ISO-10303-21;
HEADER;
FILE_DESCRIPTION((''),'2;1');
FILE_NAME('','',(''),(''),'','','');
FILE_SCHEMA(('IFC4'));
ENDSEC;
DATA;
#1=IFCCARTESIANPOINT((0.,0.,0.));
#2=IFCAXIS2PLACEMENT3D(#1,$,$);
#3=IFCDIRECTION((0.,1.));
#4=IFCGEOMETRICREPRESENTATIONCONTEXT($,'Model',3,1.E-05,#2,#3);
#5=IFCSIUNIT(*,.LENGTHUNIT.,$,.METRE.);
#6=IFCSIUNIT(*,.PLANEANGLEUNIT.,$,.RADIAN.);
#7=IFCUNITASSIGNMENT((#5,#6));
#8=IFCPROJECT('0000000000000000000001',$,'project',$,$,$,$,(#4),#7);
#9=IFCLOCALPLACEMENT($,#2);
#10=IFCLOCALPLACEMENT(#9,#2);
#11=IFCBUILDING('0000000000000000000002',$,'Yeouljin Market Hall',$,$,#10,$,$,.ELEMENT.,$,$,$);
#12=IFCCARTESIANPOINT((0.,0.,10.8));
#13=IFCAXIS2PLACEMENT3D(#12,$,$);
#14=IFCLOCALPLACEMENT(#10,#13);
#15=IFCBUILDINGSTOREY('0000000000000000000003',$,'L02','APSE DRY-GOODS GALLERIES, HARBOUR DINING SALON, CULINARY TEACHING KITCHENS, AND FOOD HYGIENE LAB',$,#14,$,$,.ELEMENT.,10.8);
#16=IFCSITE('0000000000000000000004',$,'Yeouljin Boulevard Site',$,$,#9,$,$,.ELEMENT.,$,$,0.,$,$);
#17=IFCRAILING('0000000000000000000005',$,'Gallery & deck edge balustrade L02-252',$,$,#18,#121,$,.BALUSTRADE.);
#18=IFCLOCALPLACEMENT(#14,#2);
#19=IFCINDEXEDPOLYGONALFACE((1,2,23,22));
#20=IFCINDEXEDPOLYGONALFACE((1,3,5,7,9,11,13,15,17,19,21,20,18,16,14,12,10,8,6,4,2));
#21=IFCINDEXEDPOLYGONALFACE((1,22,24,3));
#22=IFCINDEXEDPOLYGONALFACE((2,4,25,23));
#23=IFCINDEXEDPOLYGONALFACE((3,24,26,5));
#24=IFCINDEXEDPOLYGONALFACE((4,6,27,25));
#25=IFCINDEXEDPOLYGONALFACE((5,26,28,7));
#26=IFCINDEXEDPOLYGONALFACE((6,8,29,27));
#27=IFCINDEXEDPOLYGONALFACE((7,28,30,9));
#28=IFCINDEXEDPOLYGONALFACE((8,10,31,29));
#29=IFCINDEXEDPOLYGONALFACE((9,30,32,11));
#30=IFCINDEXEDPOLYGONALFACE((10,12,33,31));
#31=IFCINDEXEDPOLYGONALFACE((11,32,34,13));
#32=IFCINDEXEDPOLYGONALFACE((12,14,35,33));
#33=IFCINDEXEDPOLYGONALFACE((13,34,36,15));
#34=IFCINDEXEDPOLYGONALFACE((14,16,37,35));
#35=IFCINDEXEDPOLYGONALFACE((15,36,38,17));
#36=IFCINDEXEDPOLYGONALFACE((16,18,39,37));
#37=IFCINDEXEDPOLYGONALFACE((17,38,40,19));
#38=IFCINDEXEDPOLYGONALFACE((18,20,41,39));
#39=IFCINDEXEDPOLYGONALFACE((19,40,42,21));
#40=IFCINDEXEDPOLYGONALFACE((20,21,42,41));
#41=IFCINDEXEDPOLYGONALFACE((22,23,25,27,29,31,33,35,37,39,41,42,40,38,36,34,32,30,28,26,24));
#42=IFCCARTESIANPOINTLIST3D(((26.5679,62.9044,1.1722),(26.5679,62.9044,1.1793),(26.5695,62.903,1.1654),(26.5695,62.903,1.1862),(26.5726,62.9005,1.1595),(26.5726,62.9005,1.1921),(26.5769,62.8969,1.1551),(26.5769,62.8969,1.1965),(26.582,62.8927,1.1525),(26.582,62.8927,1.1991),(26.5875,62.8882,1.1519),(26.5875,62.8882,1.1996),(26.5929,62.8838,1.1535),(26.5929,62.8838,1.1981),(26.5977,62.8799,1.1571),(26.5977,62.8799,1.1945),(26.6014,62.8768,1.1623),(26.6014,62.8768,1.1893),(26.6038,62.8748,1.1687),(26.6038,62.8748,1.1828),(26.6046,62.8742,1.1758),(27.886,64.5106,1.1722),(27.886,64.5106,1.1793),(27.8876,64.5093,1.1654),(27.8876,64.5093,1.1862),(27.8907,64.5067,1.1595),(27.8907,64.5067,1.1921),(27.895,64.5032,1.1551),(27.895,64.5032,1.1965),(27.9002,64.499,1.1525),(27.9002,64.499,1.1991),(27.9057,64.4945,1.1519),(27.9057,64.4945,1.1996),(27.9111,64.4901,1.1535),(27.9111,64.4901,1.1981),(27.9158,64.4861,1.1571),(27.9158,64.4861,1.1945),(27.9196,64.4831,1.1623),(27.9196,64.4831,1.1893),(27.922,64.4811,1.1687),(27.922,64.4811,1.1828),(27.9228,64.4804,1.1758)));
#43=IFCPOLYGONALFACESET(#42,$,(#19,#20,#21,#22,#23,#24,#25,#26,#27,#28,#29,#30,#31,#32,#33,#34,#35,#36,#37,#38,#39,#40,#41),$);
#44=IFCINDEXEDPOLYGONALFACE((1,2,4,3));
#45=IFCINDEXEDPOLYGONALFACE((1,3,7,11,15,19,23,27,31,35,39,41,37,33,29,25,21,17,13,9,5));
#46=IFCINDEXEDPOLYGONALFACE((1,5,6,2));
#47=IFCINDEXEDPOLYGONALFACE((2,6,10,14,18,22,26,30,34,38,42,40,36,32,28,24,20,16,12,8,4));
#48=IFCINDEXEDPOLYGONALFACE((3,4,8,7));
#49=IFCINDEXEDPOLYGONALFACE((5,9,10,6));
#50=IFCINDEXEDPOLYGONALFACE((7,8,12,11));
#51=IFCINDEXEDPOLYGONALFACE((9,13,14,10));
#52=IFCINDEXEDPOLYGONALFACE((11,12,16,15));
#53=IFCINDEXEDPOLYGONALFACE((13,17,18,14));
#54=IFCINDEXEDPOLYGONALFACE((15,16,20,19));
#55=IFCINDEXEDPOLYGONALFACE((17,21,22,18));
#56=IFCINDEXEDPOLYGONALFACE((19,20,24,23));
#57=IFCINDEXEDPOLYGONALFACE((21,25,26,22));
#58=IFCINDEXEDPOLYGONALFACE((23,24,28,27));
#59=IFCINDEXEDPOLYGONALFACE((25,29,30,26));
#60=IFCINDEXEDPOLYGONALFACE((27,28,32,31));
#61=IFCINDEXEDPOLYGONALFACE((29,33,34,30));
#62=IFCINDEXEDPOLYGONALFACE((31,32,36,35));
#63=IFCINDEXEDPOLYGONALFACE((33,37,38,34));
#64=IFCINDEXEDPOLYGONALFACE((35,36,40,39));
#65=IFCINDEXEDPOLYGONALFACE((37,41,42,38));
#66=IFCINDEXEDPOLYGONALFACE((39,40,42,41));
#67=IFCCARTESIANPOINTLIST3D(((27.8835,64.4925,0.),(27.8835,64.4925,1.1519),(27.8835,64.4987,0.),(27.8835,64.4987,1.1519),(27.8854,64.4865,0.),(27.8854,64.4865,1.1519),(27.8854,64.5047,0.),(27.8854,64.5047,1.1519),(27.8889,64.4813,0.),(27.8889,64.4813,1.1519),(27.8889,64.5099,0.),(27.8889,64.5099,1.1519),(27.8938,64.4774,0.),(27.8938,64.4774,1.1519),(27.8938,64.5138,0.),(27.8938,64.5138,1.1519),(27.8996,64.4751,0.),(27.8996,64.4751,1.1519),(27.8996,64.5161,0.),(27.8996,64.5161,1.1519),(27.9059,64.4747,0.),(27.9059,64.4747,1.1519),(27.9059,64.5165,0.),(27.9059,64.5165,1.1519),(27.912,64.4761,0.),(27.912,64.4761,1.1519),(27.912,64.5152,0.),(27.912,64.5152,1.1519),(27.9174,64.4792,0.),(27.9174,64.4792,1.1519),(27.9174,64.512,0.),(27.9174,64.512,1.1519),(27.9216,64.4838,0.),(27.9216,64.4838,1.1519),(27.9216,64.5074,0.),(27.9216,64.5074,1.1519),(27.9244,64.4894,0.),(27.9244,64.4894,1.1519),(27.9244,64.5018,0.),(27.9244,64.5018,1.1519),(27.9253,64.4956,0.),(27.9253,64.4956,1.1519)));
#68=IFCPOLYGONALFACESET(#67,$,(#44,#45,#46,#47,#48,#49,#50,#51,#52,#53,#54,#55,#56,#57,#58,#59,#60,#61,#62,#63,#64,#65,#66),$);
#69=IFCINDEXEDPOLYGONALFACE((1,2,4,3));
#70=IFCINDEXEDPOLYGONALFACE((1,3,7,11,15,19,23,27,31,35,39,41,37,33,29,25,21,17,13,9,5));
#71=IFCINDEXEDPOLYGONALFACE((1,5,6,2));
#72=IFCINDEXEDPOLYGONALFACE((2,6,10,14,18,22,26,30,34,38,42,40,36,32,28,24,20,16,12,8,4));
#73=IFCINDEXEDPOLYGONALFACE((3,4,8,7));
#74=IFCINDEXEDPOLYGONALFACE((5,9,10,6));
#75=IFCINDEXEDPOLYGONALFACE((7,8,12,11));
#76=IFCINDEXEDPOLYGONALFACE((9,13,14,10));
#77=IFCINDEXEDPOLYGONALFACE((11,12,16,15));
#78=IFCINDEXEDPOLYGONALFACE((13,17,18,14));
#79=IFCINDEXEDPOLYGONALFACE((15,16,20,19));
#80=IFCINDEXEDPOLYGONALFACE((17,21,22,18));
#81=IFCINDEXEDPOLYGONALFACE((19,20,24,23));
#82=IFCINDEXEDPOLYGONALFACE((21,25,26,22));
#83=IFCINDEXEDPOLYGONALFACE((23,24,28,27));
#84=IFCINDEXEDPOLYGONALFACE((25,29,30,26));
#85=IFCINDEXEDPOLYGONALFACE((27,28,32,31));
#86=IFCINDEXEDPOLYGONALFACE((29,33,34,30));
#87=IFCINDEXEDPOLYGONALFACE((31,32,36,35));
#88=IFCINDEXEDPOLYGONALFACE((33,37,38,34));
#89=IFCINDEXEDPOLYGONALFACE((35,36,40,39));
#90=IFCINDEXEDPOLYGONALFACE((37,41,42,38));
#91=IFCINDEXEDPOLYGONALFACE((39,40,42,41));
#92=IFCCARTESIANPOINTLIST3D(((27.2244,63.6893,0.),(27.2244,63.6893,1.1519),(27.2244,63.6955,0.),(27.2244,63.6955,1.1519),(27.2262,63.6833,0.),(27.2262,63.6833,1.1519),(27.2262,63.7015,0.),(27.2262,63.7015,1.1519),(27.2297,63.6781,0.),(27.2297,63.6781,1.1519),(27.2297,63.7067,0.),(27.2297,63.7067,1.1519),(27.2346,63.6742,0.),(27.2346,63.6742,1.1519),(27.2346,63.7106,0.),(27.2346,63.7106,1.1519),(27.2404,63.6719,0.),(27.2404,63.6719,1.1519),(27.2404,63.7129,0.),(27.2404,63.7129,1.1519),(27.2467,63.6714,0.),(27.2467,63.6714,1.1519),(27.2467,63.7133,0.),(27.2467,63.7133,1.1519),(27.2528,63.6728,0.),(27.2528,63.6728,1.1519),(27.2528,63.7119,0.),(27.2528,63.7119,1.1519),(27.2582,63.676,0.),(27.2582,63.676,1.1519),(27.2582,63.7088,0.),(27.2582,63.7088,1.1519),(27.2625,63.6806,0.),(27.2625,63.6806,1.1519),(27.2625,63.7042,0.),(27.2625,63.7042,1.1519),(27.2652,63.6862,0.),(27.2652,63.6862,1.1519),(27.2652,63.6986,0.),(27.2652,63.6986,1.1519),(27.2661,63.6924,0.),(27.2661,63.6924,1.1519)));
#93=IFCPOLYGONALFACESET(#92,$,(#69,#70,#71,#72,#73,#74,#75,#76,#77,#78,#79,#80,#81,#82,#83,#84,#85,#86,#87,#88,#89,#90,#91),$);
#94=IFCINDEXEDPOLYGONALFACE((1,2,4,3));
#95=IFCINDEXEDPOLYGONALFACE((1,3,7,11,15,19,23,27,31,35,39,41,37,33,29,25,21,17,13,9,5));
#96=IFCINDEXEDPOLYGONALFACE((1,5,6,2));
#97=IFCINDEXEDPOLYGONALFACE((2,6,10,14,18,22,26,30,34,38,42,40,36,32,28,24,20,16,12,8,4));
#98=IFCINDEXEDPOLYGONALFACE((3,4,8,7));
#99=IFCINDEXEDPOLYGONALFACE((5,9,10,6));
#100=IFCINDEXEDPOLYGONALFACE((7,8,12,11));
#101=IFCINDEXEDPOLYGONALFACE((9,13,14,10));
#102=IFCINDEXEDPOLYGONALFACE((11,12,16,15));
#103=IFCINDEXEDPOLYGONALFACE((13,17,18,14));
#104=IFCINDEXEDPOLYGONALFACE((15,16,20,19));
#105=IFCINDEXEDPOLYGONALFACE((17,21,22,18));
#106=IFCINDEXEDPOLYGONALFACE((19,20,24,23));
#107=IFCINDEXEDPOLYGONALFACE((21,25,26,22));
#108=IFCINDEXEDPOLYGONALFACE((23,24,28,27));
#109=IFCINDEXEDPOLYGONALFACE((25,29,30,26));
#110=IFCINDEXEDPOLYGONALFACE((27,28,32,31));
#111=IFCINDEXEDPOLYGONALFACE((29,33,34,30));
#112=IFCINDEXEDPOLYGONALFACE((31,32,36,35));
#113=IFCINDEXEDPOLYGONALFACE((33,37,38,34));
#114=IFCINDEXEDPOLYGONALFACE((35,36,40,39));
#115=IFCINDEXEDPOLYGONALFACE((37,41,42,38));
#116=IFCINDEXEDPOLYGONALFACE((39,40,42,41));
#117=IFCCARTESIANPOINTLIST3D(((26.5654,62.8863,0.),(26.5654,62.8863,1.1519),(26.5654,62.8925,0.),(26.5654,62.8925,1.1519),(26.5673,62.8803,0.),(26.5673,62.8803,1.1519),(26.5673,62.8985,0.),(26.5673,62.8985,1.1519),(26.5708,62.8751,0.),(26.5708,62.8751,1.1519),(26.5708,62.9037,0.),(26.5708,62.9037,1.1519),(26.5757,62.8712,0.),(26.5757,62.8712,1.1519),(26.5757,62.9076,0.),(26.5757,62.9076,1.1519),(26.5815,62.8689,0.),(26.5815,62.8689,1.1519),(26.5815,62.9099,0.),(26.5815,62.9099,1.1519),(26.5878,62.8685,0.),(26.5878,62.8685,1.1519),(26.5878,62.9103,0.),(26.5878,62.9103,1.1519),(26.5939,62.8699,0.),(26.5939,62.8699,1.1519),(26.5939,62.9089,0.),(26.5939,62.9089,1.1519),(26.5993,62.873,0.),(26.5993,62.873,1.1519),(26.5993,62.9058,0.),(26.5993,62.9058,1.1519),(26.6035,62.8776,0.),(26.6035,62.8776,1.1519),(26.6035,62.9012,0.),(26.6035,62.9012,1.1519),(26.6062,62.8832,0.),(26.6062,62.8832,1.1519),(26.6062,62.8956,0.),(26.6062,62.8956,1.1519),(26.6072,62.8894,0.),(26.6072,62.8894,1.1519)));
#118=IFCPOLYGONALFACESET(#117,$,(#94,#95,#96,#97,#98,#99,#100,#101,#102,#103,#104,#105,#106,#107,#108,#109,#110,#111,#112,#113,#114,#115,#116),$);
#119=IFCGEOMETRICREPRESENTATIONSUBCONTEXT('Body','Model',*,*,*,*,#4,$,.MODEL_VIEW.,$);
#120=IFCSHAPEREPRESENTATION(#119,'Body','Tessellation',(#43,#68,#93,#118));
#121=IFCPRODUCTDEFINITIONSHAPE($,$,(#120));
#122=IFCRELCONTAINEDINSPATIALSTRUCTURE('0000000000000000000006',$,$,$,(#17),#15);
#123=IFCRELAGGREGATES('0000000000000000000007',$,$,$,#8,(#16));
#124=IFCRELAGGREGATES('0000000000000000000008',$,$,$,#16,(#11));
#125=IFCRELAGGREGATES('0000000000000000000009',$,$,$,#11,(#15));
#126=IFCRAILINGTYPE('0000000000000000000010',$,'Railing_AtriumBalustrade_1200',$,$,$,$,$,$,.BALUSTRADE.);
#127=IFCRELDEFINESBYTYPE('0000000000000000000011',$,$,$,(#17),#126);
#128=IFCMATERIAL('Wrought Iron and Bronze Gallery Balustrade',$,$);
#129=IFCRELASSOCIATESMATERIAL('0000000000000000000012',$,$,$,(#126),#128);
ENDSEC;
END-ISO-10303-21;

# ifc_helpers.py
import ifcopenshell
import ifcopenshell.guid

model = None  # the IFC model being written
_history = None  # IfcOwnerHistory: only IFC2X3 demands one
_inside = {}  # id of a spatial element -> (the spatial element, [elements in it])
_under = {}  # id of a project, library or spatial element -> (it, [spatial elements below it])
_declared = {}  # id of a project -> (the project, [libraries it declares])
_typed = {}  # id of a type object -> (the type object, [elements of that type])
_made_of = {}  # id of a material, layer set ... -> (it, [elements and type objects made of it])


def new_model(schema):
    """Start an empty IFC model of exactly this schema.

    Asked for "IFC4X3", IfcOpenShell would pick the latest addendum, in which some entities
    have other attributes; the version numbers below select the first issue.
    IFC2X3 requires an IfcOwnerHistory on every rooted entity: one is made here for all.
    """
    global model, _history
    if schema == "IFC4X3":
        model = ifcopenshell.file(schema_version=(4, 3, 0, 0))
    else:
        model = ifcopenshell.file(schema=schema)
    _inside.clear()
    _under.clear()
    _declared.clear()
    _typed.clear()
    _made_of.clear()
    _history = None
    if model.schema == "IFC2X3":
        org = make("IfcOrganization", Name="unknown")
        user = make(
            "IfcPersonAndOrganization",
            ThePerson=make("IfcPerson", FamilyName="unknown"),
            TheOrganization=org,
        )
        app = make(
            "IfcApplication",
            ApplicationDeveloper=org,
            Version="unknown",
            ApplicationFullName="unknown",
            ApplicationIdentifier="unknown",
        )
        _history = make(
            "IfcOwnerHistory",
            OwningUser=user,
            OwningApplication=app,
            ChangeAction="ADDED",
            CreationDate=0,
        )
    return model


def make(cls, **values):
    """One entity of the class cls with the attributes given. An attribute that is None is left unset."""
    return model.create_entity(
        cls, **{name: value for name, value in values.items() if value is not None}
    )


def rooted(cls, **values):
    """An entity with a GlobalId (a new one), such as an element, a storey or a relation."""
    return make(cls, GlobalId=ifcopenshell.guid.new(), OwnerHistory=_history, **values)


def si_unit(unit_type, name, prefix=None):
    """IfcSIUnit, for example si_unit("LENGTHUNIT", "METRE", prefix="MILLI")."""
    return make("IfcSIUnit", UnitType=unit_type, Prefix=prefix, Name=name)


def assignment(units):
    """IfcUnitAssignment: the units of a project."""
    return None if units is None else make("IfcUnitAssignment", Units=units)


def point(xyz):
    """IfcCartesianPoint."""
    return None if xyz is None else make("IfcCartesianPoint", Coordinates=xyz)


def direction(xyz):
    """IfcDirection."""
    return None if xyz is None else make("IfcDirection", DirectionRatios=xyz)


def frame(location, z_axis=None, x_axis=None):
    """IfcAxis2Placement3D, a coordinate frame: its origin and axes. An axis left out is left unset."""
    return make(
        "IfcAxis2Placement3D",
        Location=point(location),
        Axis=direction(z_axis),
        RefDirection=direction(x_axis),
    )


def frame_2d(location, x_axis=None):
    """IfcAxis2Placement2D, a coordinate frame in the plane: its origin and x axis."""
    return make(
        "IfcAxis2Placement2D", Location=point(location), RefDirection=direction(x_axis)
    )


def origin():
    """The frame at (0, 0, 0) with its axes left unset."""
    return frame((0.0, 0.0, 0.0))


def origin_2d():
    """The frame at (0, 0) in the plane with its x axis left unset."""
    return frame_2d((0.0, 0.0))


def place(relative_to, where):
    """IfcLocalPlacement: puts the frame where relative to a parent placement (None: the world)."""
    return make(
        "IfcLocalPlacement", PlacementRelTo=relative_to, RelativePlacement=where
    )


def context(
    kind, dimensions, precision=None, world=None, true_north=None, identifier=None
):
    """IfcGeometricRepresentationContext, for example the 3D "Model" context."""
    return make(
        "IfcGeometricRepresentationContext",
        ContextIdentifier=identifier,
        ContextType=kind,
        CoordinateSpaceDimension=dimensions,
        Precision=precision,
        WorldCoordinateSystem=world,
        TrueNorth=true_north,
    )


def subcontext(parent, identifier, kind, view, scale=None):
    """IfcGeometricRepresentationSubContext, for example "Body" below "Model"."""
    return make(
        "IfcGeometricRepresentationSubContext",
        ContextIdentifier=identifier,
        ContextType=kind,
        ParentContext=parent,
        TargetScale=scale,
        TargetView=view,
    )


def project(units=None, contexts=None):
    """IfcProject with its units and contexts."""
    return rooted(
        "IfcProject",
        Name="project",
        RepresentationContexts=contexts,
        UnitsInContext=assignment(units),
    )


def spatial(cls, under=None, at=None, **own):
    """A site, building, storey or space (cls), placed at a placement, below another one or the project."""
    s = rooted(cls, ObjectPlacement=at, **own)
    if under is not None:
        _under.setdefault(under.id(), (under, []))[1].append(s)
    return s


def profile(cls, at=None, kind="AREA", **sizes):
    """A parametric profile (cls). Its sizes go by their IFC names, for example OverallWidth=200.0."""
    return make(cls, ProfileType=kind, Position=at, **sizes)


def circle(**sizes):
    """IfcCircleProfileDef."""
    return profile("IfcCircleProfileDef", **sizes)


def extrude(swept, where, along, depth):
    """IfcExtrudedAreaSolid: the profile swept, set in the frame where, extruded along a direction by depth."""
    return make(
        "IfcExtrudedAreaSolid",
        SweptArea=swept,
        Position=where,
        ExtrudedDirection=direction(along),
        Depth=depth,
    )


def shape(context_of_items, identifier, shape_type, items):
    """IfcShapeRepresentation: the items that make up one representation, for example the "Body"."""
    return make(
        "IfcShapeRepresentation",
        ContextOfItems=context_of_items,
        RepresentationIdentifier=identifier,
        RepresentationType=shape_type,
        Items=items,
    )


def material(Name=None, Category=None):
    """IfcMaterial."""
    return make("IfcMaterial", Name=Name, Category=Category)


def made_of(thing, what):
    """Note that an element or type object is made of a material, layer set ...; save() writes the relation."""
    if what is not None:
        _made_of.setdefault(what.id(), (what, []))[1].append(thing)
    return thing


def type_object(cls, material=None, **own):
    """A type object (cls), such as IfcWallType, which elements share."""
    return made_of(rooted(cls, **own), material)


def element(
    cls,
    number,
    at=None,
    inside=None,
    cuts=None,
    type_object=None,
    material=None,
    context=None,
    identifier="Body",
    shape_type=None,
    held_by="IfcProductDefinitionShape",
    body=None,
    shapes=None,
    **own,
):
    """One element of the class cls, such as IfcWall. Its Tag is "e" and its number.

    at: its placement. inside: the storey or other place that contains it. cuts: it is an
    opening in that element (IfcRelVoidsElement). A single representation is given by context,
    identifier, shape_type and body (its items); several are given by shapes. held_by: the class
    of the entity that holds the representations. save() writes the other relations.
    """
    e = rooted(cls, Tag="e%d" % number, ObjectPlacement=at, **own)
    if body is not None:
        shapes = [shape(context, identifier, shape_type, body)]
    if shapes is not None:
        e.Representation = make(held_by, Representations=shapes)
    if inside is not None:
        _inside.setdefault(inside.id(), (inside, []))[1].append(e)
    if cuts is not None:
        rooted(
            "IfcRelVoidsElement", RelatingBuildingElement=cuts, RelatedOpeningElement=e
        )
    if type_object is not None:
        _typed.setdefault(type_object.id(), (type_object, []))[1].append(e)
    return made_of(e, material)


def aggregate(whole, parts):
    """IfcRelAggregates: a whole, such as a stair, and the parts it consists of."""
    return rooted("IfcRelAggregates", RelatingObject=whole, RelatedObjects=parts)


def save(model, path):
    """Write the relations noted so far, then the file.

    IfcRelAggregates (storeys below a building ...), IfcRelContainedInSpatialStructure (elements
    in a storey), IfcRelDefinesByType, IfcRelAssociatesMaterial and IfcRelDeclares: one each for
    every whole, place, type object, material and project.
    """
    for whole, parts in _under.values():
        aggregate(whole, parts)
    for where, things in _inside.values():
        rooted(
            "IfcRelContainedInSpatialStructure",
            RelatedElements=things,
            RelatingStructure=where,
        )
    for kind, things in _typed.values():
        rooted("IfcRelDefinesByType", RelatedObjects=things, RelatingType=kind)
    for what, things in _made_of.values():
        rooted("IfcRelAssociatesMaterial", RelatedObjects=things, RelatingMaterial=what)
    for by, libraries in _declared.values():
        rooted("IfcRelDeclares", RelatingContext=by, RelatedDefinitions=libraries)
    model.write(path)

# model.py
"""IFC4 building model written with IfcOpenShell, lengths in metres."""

from ifc_helpers import new_model, si_unit, direction, frame, origin, origin_2d, place, context, subcontext, project, spatial, circle, extrude, material, type_object, element, save


model = new_model("IFC4")

# Units and contexts
model_context = context("Model", 3, precision=1e-05, world=origin(), true_north=direction((0.0, 1.0)))
body_context = subcontext(model_context, "Body", "Model", "MODEL_VIEW")
ifc_project = project(units=[si_unit("LENGTHUNIT", "METRE"), si_unit("PLANEANGLEUNIT", "RADIAN")], contexts=[model_context])

# Site, building, storey
site_placement = place(None, origin())
site = spatial("IfcSite", under=ifc_project, at=site_placement, Name="Yeouljin Boulevard Site", CompositionType="ELEMENT", RefElevation=0.0)
building_placement = place(site_placement, origin())
building = spatial("IfcBuilding", under=site, at=building_placement, Name="Yeouljin Market Hall", CompositionType="ELEMENT")
storey_placement = place(building_placement, frame((0.0, 0.0, 10.8)))
storey = spatial("IfcBuildingStorey", under=building, at=storey_placement, Name="L02", Description="APSE DRY-GOODS GALLERIES, HARBOUR DINING SALON, CULINARY TEACHING KITCHENS, AND FOOD HYGIENE LAB", CompositionType="ELEMENT", Elevation=10.8)

# Railing
ifc_material_1 = material(Name="Wrought Iron and Bronze Gallery Balustrade")
railing_type = type_object("IfcRailingType", Name="Railing_AtriumBalustrade_1200", PredefinedType="BALUSTRADE", material=ifc_material_1)
railing_1_placement = place(storey_placement, frame((27.9043, 64.4956, 0.0)))
element("IfcRailing", 1, at=railing_1_placement, inside=storey, type_object=railing_type, Name="Gallery & deck edge balustrade L02-252", PredefinedType="BALUSTRADE", context=body_context, shape_type="SweptSolid", body=[
    extrude(circle(Radius=0.0239, at=origin_2d()), frame((0.0, 0.0, 1.1758), z_axis=(-0.634376, -0.773025, 0.0), x_axis=(0.773025, -0.634376, 0.0)), (0.0, 0.0, 1.0), 2.0779),
    extrude(circle(Radius=0.021, at=origin_2d()), origin(), (0.0, 0.0, 1.0), 1.1519),
    extrude(circle(Radius=0.021, at=origin_2d()), frame((-0.6592, -0.8032, 0.0)), (0.0, 0.0, 1.0), 1.1519),
    extrude(circle(Radius=0.021, at=origin_2d()), frame((-1.3181, -1.6062, 0.0)), (0.0, 0.0, 1.0), 1.1519),
])

save(model, "model.ifc")
